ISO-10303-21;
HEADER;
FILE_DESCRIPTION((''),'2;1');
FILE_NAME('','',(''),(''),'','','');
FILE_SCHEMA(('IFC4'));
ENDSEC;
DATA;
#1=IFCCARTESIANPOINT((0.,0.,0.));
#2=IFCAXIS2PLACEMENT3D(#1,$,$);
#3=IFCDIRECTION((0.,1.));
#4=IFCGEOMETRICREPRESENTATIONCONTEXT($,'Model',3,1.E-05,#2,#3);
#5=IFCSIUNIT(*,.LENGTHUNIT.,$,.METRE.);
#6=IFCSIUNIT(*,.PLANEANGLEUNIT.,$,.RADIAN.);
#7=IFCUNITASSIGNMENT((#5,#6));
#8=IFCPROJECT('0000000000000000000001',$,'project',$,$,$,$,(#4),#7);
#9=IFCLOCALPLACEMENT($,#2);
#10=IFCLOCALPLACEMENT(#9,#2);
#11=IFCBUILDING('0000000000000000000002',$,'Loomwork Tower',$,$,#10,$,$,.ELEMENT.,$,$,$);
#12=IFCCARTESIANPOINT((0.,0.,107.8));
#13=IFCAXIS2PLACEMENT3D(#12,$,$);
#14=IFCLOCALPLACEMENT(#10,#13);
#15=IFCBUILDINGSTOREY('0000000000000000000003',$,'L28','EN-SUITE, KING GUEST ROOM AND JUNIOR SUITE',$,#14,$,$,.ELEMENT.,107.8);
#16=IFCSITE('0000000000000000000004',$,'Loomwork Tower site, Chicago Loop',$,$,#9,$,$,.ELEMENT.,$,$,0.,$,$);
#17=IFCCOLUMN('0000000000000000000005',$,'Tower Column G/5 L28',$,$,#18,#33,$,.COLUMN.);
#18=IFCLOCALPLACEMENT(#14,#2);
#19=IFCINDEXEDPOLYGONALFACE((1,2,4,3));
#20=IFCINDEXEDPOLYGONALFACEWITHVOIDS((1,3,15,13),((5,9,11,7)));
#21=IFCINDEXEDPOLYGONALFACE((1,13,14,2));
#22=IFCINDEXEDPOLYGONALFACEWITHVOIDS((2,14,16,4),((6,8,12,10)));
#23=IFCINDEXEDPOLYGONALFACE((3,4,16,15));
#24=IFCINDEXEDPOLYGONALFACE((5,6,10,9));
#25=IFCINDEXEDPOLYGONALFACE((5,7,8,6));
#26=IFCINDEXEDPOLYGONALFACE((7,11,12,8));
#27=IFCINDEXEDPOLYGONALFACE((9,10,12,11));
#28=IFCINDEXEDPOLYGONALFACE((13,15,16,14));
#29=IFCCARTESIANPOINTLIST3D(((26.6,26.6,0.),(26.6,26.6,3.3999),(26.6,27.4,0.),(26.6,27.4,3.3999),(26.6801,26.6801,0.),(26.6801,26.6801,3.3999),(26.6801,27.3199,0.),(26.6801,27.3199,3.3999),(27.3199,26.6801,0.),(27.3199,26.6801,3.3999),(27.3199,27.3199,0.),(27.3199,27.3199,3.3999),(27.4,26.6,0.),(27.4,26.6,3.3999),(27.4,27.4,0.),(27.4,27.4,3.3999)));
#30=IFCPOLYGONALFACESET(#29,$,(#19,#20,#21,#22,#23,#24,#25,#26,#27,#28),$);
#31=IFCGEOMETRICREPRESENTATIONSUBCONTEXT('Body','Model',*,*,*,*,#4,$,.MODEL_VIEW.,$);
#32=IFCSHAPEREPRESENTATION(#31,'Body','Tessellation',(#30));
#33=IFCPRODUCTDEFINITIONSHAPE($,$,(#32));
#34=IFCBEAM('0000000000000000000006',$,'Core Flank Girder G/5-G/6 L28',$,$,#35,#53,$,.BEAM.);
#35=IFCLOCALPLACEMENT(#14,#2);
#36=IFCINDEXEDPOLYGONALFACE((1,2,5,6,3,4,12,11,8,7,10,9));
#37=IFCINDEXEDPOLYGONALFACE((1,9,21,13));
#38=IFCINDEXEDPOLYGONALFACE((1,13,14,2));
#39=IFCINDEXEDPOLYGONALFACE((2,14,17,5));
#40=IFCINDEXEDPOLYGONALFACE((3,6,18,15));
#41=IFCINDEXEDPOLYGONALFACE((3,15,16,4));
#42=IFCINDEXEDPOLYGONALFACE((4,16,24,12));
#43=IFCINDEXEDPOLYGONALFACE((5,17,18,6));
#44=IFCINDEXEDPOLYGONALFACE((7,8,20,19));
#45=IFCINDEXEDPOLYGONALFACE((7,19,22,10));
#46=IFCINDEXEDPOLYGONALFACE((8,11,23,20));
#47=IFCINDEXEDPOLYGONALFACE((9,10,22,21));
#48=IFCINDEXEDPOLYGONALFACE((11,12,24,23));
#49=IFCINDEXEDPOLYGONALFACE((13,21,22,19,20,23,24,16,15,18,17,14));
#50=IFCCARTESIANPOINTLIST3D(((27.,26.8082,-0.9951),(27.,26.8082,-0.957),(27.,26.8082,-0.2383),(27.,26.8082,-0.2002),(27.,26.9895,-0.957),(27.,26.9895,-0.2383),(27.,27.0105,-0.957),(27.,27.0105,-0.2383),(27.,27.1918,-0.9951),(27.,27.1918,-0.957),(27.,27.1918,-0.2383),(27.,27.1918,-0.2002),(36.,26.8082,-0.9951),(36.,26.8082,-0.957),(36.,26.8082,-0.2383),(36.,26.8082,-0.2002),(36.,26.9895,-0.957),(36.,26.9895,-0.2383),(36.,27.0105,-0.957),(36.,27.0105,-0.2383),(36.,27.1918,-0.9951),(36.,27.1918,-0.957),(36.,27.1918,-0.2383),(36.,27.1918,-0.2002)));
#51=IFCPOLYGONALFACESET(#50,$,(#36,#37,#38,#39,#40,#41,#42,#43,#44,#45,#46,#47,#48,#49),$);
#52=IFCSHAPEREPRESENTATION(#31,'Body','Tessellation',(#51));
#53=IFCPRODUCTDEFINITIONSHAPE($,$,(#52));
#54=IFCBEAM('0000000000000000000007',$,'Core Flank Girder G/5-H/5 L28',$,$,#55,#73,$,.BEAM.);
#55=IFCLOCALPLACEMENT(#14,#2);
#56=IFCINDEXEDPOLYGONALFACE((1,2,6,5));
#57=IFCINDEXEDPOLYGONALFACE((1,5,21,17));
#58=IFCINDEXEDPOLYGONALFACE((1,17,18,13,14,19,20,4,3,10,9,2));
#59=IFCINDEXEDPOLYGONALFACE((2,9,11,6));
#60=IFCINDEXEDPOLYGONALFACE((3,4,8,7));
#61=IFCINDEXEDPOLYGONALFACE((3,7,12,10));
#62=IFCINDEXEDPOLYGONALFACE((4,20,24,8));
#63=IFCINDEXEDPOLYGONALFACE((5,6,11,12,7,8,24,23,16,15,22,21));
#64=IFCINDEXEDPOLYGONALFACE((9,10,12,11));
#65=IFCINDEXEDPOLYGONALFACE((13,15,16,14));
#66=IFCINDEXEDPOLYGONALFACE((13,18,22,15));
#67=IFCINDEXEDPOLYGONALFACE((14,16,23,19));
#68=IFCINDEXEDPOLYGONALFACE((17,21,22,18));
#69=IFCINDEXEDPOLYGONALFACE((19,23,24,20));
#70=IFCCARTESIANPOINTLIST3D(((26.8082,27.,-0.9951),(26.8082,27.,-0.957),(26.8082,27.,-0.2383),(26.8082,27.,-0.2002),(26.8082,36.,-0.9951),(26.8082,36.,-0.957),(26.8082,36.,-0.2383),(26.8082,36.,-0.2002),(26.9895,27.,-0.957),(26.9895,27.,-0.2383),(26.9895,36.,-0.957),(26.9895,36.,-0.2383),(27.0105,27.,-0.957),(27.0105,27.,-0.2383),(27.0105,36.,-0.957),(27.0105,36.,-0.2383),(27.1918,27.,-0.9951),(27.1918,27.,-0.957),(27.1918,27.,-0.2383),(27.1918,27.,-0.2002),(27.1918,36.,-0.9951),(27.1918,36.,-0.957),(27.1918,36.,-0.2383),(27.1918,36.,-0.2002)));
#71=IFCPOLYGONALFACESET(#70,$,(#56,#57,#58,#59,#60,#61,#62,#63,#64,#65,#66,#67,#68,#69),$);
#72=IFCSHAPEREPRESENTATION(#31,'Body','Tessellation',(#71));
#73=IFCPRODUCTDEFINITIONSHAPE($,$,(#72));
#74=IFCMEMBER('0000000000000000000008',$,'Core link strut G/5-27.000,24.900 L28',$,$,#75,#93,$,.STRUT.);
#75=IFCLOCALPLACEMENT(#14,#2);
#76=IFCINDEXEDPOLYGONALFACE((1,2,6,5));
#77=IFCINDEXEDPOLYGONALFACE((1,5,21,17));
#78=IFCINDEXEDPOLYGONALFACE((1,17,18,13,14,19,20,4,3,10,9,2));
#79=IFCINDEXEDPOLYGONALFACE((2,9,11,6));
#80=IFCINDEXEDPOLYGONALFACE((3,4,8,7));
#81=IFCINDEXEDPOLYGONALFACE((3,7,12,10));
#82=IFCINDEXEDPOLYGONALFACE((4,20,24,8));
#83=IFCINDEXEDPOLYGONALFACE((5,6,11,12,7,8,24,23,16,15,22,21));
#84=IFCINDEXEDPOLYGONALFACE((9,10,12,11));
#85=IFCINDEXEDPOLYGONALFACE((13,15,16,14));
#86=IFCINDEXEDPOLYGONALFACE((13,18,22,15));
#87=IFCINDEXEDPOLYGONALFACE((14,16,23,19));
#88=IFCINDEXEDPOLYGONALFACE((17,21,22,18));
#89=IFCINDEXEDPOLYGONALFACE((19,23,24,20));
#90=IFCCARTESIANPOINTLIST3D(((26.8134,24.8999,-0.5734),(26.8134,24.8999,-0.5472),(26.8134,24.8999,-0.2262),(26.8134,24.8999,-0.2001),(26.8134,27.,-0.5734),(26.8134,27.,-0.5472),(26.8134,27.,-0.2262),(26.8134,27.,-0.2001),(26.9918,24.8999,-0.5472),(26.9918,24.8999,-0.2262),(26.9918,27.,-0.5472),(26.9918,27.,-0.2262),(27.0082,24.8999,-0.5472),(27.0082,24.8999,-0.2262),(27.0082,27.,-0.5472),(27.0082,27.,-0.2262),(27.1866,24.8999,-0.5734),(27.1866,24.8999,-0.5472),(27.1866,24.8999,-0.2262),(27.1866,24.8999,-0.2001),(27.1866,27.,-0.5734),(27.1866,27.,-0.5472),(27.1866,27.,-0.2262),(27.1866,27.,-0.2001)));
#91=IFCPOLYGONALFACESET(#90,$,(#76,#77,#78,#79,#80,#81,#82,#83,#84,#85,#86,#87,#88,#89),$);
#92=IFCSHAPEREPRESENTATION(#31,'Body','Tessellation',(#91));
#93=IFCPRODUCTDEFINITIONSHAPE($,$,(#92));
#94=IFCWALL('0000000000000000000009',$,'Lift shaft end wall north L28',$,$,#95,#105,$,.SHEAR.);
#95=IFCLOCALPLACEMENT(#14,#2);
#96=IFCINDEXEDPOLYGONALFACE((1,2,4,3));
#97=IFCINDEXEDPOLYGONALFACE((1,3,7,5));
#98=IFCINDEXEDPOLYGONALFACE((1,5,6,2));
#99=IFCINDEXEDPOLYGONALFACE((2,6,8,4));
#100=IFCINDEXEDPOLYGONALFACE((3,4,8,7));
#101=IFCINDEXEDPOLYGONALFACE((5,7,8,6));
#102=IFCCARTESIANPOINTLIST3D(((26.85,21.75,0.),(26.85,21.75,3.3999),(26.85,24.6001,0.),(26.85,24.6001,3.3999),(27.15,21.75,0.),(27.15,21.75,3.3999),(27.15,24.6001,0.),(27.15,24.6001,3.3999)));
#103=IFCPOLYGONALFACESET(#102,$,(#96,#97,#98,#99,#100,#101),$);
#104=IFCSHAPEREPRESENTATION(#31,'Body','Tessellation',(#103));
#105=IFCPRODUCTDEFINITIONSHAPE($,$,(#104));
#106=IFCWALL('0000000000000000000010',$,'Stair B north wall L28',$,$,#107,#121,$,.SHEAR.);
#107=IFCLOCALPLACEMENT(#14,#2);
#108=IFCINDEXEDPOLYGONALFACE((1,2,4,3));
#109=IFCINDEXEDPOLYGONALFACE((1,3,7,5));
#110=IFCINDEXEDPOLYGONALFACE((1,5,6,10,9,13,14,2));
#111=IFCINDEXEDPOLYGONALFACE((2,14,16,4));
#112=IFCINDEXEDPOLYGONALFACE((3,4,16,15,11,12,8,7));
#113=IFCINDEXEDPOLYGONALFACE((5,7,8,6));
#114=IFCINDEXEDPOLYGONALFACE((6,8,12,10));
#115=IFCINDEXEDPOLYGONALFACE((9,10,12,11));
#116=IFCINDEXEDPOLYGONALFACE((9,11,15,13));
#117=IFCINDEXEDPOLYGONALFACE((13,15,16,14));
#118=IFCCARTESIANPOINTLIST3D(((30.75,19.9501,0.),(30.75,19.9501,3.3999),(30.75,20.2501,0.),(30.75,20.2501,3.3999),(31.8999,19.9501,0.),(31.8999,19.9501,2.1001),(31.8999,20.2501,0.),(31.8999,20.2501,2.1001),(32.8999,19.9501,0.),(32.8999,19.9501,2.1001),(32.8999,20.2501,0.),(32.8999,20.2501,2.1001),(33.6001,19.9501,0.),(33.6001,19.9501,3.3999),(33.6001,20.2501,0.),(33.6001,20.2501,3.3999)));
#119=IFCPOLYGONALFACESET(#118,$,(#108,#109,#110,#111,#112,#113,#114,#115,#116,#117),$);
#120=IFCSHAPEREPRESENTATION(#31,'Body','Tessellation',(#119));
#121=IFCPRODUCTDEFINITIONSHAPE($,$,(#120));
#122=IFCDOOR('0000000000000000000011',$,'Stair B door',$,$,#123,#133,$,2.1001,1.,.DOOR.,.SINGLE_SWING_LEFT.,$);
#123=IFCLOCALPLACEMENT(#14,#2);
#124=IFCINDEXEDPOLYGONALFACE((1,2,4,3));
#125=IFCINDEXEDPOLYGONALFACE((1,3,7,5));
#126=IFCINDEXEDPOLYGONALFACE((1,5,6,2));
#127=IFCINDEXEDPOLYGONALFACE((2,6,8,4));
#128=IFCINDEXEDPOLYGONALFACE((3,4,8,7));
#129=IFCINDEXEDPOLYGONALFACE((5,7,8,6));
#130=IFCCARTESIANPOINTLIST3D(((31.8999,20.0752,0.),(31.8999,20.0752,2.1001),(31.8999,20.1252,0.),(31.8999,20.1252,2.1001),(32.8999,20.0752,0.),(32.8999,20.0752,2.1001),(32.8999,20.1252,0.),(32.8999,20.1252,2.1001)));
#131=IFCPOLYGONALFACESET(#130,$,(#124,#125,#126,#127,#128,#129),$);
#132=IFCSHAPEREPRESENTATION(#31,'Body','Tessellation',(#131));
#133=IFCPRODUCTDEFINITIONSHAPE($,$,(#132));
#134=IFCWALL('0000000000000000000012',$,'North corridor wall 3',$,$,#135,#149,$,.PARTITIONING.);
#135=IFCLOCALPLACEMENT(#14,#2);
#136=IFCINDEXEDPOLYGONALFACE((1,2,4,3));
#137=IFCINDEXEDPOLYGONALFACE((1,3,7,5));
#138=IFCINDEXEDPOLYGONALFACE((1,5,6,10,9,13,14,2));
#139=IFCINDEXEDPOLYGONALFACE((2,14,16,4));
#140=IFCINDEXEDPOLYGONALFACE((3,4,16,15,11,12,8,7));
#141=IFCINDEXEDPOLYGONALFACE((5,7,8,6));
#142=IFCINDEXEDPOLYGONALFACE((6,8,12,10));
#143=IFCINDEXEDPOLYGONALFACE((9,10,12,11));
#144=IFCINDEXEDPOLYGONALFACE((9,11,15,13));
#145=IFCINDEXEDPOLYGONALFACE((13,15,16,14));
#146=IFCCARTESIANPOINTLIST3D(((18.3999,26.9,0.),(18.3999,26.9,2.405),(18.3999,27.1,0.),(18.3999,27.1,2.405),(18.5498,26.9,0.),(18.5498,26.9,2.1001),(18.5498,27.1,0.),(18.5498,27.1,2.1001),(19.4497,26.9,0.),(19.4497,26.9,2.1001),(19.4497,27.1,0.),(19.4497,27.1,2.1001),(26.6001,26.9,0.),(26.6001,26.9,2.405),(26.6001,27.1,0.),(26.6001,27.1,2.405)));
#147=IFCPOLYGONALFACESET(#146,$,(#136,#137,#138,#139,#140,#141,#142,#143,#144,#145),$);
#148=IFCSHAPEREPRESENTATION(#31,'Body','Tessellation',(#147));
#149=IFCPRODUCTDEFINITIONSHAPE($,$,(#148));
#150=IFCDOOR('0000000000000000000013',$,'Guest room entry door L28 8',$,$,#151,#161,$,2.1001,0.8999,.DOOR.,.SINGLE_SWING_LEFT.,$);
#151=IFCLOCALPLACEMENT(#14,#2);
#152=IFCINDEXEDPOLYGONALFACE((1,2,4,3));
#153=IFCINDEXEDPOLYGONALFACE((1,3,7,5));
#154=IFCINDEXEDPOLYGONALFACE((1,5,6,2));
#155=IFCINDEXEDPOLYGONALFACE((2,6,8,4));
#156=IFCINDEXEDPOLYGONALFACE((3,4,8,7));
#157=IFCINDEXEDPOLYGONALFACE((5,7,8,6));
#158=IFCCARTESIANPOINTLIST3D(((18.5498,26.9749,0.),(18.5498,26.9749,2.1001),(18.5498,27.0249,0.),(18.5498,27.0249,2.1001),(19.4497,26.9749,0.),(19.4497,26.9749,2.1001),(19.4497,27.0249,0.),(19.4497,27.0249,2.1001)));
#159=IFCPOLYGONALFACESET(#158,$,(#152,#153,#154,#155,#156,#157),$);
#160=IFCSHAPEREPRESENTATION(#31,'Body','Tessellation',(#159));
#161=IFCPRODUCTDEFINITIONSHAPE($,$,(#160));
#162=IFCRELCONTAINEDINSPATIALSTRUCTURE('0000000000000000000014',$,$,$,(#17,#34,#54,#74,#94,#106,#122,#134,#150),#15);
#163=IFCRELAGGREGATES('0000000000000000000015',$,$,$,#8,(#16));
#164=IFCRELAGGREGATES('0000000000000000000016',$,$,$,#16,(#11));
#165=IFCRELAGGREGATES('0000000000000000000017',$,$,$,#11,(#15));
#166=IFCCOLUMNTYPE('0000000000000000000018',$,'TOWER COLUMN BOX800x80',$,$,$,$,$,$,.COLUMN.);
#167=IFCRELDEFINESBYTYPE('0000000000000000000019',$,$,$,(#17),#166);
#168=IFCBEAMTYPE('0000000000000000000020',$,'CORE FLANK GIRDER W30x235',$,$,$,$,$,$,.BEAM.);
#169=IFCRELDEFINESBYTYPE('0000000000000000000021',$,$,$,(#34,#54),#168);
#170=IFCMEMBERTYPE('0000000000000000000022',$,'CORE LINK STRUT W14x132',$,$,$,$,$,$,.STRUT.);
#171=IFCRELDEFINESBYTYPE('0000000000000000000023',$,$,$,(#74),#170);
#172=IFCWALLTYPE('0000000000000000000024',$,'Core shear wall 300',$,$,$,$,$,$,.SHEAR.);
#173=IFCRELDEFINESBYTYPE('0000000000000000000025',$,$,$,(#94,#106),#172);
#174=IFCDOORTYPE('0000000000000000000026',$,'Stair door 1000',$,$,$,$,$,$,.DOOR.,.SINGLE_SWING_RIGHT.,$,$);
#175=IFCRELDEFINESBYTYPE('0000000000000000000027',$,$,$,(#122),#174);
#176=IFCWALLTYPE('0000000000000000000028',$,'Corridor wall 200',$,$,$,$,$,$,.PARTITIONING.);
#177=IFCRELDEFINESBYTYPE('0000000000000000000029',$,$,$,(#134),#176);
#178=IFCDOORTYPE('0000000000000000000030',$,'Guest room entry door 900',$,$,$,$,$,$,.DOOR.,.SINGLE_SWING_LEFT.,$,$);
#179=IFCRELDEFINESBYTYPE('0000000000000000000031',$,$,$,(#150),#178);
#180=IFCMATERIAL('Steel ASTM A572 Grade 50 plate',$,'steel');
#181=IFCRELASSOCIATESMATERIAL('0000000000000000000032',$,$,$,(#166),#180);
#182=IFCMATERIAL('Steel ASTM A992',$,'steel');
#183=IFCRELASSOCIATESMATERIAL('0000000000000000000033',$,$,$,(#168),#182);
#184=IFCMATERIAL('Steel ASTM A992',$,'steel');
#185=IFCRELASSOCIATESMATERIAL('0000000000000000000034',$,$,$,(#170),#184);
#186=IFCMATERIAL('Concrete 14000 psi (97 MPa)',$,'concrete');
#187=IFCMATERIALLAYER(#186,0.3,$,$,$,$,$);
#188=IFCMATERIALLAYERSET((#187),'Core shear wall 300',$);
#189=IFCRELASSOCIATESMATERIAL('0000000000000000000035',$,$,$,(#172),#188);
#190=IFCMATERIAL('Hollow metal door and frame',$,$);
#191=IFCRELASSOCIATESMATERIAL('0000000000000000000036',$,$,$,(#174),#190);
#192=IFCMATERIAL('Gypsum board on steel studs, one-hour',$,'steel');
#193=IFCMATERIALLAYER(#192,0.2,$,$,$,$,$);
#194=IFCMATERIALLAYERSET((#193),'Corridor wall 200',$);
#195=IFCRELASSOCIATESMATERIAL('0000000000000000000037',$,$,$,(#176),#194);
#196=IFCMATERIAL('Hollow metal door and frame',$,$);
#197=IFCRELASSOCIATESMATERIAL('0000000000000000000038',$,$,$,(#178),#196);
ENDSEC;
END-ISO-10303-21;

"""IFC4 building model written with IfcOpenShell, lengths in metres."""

from ifc_helpers import new_model, si_unit, direction, frame, frame_2d, origin, origin_2d, place, context, subcontext, project, spatial, rectangle, hollow_rectangle, i_section, extrude, material, layer, layer_set, material_profile, profile_set, type_object, element, fill, save


model = new_model("IFC4")

# Units and contexts
model_context = context("Model", 3, precision=1e-05, world=origin(), true_north=direction((0.0, 1.0)))
body_context = subcontext(model_context, "Body", "Model", "MODEL_VIEW")
ifc_project = project(units=[si_unit("LENGTHUNIT", "METRE"), si_unit("PLANEANGLEUNIT", "RADIAN")], contexts=[model_context])

# Site, building, storey
site_placement = place(None, origin())
site = spatial("IfcSite", under=ifc_project, at=site_placement, Name="Loomwork Tower site, Chicago Loop", CompositionType="ELEMENT", RefElevation=0.0)
building_placement = place(site_placement, origin())
building = spatial("IfcBuilding", under=site, at=building_placement, Name="Loomwork Tower", CompositionType="ELEMENT")
storey_placement = place(building_placement, frame((0.0, 0.0, 107.8)))
storey = spatial("IfcBuildingStorey", under=building, at=storey_placement, Name="L28", Description="EN-SUITE, KING GUEST ROOM AND JUNIOR SUITE", CompositionType="ELEMENT", Elevation=107.8)

# Column
ifc_material_1 = material(Name="Steel ASTM A572 Grade 50 plate", Category="steel")
ifc_material_profile_1 = material_profile(ifc_material_1, hollow_rectangle(XDim=0.8, YDim=0.8, WallThickness=0.0801, at=origin_2d()), Name="BOX800x80")
ifc_profile_set_1 = profile_set([ifc_material_profile_1], Name="Steel ASTM A572 Grade 50 plate")
column_type = type_object("IfcColumnType", Name="TOWER COLUMN BOX800x80", PredefinedType="COLUMN", material=ifc_profile_set_1)
column_placement = place(storey_placement, frame((27.0, 27.0, 0.0), z_axis=(0.0, 0.0, 1.0), x_axis=(1.0, 0.0, 0.0)))
element("IfcColumn", 1, at=column_placement, inside=storey, type_object=column_type, Name="Tower Column G/5 L28", PredefinedType="COLUMN", context=body_context, shape_type="SweptSolid", body=[
    extrude(hollow_rectangle(XDim=0.8, YDim=0.8, WallThickness=0.0801, at=origin_2d()), origin(), (0.0, 0.0, 1.0), 3.3999),
])

# Beams
ifc_material_2 = material(Name="Steel ASTM A992", Category="steel")
ifc_material_profile_2 = material_profile(ifc_material_2, i_section(OverallWidth=0.3835, OverallDepth=0.7949, WebThickness=0.021, FlangeThickness=0.0381, at=origin_2d()), Name="W30x235")
ifc_profile_set_2 = profile_set([ifc_material_profile_2], Name="Steel ASTM A992")
beam_type = type_object("IfcBeamType", Name="CORE FLANK GIRDER W30x235", PredefinedType="BEAM", material=ifc_profile_set_2)
for number, where, z_axis, x_axis, name in (
    (2, (27.0, 27.0, -0.5977), (1.0, 0.0, 0.0), (0.0, 1.0, 0.0), "Core Flank Girder G/5-G/6 L28"),
    (3, (27.0, 27.0, -0.5977), (0.0, 1.0, 0.0), (-1.0, 0.0, 0.0), "Core Flank Girder G/5-H/5 L28"),
):
    element("IfcBeam", number, at=place(storey_placement, frame(where, z_axis=z_axis, x_axis=x_axis)), inside=storey, type_object=beam_type, Name=name, PredefinedType="BEAM", context=body_context, shape_type="SweptSolid", body=[
        extrude(i_section(OverallWidth=0.3835, OverallDepth=0.7949, WebThickness=0.021, FlangeThickness=0.0381, at=origin_2d()), origin(), (0.0, 0.0, 1.0), 9.0),
    ])

# Member
ifc_material_3 = material(Name="Steel ASTM A992", Category="steel")
ifc_material_profile_3 = material_profile(ifc_material_3, i_section(OverallWidth=0.3733, OverallDepth=0.3733, WebThickness=0.0164, FlangeThickness=0.0261, at=origin_2d()), Name="W14x132")
ifc_profile_set_3 = profile_set([ifc_material_profile_3], Name="Steel ASTM A992")
member_type = type_object("IfcMemberType", Name="CORE LINK STRUT W14x132", PredefinedType="STRUT", material=ifc_profile_set_3)
member_placement = place(storey_placement, frame((27.0, 27.0, -0.3867), z_axis=(0.0, -1.0, 0.0), x_axis=(1.0, 0.0, 0.0)))
element("IfcMember", 4, at=member_placement, inside=storey, type_object=member_type, Name="Core link strut G/5-27.000,24.900 L28", PredefinedType="STRUT", context=body_context, shape_type="SweptSolid", body=[
    extrude(i_section(OverallWidth=0.3733, OverallDepth=0.3733, WebThickness=0.0164, FlangeThickness=0.0261, at=origin_2d()), origin(), (0.0, 0.0, 1.0), 2.1001),
])

# Wall
ifc_material_4 = material(Name="Concrete 14000 psi (97 MPa)", Category="concrete")
ifc_layer_1 = layer(ifc_material_4, 0.3)
ifc_layer_set_1 = layer_set([ifc_layer_1], Name="Core shear wall 300")
wall_type_1 = type_object("IfcWallType", Name="Core shear wall 300", PredefinedType="SHEAR", material=ifc_layer_set_1)
wall_1_placement = place(storey_placement, frame((27.0, 21.75, 0.0), z_axis=(0.0, 0.0, 1.0), x_axis=(0.0, 1.0, 0.0)))
element("IfcWall", 5, at=wall_1_placement, inside=storey, type_object=wall_type_1, Name="Lift shaft end wall north L28", PredefinedType="SHEAR", context=body_context, shape_type="SweptSolid", body=[
    extrude(rectangle(XDim=2.8501, YDim=0.3, at=frame_2d((1.425, 0.0))), origin(), (0.0, 0.0, 1.0), 3.3999),
])

# Walls, openings, doors
wall_2_placement = place(storey_placement, frame((30.75, 20.1001, 0.0), z_axis=(0.0, 0.0, 1.0), x_axis=(1.0, 0.0, 0.0)))
wall_2 = element("IfcWall", 6, at=wall_2_placement, inside=storey, type_object=wall_type_1, Name="Stair B north wall L28", PredefinedType="SHEAR", context=body_context, shape_type="SweptSolid", body=[
    extrude(rectangle(XDim=2.8501, YDim=0.3, at=frame_2d((1.425, 0.0))), origin(), (0.0, 0.0, 1.0), 3.3999),
])
opening_1_placement = place(wall_2_placement, frame((1.1499, 0.0, 0.0)))
opening_1 = element("IfcOpeningElement", 7, at=opening_1_placement, cuts=wall_2, PredefinedType="OPENING", context=body_context, shape_type="SweptSolid", body=[
    extrude(rectangle(XDim=1.0, YDim=2.1001, at=frame_2d((0.5, 1.05))), frame((0.0, 0.1599, 0.0), z_axis=(0.0, -1.0, 0.0), x_axis=(1.0, 0.0, 0.0)), (0.0, 0.0, 1.0), 0.3201),
])
ifc_material_5 = material(Name="Hollow metal door and frame")
door_type_1 = type_object("IfcDoorType", Name="Stair door 1000", OperationType="SINGLE_SWING_RIGHT", PredefinedType="DOOR", material=ifc_material_5)
door_1_placement = place(opening_1_placement, frame((1.0, 0.0, 0.0), z_axis=(0.0, 0.0, 1.0), x_axis=(-1.0, 0.0, 0.0)))
door_1 = element("IfcDoor", 8, at=door_1_placement, inside=storey, type_object=door_type_1, Name="Stair B door", OperationType="SINGLE_SWING_LEFT", OverallHeight=2.1001, OverallWidth=1.0, PredefinedType="DOOR", context=body_context, shape_type="SweptSolid", body=[
    extrude(rectangle(XDim=1.0, YDim=2.1001, at=frame_2d((0.5, 1.05))), frame((0.0, 0.0249, 0.0), z_axis=(0.0, -1.0, 0.0), x_axis=(1.0, 0.0, 0.0)), (0.0, 0.0, 1.0), 0.05),
])
fill(opening_1, door_1)
ifc_material_6 = material(Name="Gypsum board on steel studs, one-hour", Category="steel")
ifc_layer_2 = layer(ifc_material_6, 0.2)
ifc_layer_set_2 = layer_set([ifc_layer_2], Name="Corridor wall 200")
wall_type_2 = type_object("IfcWallType", Name="Corridor wall 200", PredefinedType="PARTITIONING", material=ifc_layer_set_2)
wall_3_placement = place(storey_placement, frame((18.3999, 27.0, 0.0), z_axis=(0.0, 0.0, 1.0), x_axis=(1.0, 0.0, 0.0)))
wall_3 = element("IfcWall", 9, at=wall_3_placement, inside=storey, type_object=wall_type_2, Name="North corridor wall 3", PredefinedType="PARTITIONING", context=body_context, shape_type="SweptSolid", body=[
    extrude(rectangle(XDim=8.2002, YDim=0.2, at=frame_2d((4.1001, 0.0))), origin(), (0.0, 0.0, 1.0), 2.405),
])
opening_2_placement = place(wall_3_placement, frame((0.1499, 0.0, 0.0)))
opening_2 = element("IfcOpeningElement", 10, at=opening_2_placement, cuts=wall_3, PredefinedType="OPENING", context=body_context, shape_type="SweptSolid", body=[
    extrude(rectangle(XDim=0.8999, YDim=2.1001, at=frame_2d((0.45, 1.05))), frame((0.0, 0.1099, 0.0), z_axis=(0.0, -1.0, 0.0), x_axis=(1.0, 0.0, 0.0)), (0.0, 0.0, 1.0), 0.22),
])
ifc_material_7 = material(Name="Hollow metal door and frame")
door_type_2 = type_object("IfcDoorType", Name="Guest room entry door 900", OperationType="SINGLE_SWING_LEFT", PredefinedType="DOOR", material=ifc_material_7)
door_2_placement = place(opening_2_placement, origin())
door_2 = element("IfcDoor", 11, at=door_2_placement, inside=storey, type_object=door_type_2, Name="Guest room entry door L28 8", OperationType="SINGLE_SWING_LEFT", OverallHeight=2.1001, OverallWidth=0.8999, PredefinedType="DOOR", context=body_context, shape_type="SweptSolid", body=[
    extrude(rectangle(XDim=0.8999, YDim=2.1001, at=frame_2d((0.45, 1.05))), frame((0.0, 0.0249, 0.0), z_axis=(0.0, -1.0, 0.0), x_axis=(1.0, 0.0, 0.0)), (0.0, 0.0, 1.0), 0.05),
])
fill(opening_2, door_2)

save(model, "model.ifc")
